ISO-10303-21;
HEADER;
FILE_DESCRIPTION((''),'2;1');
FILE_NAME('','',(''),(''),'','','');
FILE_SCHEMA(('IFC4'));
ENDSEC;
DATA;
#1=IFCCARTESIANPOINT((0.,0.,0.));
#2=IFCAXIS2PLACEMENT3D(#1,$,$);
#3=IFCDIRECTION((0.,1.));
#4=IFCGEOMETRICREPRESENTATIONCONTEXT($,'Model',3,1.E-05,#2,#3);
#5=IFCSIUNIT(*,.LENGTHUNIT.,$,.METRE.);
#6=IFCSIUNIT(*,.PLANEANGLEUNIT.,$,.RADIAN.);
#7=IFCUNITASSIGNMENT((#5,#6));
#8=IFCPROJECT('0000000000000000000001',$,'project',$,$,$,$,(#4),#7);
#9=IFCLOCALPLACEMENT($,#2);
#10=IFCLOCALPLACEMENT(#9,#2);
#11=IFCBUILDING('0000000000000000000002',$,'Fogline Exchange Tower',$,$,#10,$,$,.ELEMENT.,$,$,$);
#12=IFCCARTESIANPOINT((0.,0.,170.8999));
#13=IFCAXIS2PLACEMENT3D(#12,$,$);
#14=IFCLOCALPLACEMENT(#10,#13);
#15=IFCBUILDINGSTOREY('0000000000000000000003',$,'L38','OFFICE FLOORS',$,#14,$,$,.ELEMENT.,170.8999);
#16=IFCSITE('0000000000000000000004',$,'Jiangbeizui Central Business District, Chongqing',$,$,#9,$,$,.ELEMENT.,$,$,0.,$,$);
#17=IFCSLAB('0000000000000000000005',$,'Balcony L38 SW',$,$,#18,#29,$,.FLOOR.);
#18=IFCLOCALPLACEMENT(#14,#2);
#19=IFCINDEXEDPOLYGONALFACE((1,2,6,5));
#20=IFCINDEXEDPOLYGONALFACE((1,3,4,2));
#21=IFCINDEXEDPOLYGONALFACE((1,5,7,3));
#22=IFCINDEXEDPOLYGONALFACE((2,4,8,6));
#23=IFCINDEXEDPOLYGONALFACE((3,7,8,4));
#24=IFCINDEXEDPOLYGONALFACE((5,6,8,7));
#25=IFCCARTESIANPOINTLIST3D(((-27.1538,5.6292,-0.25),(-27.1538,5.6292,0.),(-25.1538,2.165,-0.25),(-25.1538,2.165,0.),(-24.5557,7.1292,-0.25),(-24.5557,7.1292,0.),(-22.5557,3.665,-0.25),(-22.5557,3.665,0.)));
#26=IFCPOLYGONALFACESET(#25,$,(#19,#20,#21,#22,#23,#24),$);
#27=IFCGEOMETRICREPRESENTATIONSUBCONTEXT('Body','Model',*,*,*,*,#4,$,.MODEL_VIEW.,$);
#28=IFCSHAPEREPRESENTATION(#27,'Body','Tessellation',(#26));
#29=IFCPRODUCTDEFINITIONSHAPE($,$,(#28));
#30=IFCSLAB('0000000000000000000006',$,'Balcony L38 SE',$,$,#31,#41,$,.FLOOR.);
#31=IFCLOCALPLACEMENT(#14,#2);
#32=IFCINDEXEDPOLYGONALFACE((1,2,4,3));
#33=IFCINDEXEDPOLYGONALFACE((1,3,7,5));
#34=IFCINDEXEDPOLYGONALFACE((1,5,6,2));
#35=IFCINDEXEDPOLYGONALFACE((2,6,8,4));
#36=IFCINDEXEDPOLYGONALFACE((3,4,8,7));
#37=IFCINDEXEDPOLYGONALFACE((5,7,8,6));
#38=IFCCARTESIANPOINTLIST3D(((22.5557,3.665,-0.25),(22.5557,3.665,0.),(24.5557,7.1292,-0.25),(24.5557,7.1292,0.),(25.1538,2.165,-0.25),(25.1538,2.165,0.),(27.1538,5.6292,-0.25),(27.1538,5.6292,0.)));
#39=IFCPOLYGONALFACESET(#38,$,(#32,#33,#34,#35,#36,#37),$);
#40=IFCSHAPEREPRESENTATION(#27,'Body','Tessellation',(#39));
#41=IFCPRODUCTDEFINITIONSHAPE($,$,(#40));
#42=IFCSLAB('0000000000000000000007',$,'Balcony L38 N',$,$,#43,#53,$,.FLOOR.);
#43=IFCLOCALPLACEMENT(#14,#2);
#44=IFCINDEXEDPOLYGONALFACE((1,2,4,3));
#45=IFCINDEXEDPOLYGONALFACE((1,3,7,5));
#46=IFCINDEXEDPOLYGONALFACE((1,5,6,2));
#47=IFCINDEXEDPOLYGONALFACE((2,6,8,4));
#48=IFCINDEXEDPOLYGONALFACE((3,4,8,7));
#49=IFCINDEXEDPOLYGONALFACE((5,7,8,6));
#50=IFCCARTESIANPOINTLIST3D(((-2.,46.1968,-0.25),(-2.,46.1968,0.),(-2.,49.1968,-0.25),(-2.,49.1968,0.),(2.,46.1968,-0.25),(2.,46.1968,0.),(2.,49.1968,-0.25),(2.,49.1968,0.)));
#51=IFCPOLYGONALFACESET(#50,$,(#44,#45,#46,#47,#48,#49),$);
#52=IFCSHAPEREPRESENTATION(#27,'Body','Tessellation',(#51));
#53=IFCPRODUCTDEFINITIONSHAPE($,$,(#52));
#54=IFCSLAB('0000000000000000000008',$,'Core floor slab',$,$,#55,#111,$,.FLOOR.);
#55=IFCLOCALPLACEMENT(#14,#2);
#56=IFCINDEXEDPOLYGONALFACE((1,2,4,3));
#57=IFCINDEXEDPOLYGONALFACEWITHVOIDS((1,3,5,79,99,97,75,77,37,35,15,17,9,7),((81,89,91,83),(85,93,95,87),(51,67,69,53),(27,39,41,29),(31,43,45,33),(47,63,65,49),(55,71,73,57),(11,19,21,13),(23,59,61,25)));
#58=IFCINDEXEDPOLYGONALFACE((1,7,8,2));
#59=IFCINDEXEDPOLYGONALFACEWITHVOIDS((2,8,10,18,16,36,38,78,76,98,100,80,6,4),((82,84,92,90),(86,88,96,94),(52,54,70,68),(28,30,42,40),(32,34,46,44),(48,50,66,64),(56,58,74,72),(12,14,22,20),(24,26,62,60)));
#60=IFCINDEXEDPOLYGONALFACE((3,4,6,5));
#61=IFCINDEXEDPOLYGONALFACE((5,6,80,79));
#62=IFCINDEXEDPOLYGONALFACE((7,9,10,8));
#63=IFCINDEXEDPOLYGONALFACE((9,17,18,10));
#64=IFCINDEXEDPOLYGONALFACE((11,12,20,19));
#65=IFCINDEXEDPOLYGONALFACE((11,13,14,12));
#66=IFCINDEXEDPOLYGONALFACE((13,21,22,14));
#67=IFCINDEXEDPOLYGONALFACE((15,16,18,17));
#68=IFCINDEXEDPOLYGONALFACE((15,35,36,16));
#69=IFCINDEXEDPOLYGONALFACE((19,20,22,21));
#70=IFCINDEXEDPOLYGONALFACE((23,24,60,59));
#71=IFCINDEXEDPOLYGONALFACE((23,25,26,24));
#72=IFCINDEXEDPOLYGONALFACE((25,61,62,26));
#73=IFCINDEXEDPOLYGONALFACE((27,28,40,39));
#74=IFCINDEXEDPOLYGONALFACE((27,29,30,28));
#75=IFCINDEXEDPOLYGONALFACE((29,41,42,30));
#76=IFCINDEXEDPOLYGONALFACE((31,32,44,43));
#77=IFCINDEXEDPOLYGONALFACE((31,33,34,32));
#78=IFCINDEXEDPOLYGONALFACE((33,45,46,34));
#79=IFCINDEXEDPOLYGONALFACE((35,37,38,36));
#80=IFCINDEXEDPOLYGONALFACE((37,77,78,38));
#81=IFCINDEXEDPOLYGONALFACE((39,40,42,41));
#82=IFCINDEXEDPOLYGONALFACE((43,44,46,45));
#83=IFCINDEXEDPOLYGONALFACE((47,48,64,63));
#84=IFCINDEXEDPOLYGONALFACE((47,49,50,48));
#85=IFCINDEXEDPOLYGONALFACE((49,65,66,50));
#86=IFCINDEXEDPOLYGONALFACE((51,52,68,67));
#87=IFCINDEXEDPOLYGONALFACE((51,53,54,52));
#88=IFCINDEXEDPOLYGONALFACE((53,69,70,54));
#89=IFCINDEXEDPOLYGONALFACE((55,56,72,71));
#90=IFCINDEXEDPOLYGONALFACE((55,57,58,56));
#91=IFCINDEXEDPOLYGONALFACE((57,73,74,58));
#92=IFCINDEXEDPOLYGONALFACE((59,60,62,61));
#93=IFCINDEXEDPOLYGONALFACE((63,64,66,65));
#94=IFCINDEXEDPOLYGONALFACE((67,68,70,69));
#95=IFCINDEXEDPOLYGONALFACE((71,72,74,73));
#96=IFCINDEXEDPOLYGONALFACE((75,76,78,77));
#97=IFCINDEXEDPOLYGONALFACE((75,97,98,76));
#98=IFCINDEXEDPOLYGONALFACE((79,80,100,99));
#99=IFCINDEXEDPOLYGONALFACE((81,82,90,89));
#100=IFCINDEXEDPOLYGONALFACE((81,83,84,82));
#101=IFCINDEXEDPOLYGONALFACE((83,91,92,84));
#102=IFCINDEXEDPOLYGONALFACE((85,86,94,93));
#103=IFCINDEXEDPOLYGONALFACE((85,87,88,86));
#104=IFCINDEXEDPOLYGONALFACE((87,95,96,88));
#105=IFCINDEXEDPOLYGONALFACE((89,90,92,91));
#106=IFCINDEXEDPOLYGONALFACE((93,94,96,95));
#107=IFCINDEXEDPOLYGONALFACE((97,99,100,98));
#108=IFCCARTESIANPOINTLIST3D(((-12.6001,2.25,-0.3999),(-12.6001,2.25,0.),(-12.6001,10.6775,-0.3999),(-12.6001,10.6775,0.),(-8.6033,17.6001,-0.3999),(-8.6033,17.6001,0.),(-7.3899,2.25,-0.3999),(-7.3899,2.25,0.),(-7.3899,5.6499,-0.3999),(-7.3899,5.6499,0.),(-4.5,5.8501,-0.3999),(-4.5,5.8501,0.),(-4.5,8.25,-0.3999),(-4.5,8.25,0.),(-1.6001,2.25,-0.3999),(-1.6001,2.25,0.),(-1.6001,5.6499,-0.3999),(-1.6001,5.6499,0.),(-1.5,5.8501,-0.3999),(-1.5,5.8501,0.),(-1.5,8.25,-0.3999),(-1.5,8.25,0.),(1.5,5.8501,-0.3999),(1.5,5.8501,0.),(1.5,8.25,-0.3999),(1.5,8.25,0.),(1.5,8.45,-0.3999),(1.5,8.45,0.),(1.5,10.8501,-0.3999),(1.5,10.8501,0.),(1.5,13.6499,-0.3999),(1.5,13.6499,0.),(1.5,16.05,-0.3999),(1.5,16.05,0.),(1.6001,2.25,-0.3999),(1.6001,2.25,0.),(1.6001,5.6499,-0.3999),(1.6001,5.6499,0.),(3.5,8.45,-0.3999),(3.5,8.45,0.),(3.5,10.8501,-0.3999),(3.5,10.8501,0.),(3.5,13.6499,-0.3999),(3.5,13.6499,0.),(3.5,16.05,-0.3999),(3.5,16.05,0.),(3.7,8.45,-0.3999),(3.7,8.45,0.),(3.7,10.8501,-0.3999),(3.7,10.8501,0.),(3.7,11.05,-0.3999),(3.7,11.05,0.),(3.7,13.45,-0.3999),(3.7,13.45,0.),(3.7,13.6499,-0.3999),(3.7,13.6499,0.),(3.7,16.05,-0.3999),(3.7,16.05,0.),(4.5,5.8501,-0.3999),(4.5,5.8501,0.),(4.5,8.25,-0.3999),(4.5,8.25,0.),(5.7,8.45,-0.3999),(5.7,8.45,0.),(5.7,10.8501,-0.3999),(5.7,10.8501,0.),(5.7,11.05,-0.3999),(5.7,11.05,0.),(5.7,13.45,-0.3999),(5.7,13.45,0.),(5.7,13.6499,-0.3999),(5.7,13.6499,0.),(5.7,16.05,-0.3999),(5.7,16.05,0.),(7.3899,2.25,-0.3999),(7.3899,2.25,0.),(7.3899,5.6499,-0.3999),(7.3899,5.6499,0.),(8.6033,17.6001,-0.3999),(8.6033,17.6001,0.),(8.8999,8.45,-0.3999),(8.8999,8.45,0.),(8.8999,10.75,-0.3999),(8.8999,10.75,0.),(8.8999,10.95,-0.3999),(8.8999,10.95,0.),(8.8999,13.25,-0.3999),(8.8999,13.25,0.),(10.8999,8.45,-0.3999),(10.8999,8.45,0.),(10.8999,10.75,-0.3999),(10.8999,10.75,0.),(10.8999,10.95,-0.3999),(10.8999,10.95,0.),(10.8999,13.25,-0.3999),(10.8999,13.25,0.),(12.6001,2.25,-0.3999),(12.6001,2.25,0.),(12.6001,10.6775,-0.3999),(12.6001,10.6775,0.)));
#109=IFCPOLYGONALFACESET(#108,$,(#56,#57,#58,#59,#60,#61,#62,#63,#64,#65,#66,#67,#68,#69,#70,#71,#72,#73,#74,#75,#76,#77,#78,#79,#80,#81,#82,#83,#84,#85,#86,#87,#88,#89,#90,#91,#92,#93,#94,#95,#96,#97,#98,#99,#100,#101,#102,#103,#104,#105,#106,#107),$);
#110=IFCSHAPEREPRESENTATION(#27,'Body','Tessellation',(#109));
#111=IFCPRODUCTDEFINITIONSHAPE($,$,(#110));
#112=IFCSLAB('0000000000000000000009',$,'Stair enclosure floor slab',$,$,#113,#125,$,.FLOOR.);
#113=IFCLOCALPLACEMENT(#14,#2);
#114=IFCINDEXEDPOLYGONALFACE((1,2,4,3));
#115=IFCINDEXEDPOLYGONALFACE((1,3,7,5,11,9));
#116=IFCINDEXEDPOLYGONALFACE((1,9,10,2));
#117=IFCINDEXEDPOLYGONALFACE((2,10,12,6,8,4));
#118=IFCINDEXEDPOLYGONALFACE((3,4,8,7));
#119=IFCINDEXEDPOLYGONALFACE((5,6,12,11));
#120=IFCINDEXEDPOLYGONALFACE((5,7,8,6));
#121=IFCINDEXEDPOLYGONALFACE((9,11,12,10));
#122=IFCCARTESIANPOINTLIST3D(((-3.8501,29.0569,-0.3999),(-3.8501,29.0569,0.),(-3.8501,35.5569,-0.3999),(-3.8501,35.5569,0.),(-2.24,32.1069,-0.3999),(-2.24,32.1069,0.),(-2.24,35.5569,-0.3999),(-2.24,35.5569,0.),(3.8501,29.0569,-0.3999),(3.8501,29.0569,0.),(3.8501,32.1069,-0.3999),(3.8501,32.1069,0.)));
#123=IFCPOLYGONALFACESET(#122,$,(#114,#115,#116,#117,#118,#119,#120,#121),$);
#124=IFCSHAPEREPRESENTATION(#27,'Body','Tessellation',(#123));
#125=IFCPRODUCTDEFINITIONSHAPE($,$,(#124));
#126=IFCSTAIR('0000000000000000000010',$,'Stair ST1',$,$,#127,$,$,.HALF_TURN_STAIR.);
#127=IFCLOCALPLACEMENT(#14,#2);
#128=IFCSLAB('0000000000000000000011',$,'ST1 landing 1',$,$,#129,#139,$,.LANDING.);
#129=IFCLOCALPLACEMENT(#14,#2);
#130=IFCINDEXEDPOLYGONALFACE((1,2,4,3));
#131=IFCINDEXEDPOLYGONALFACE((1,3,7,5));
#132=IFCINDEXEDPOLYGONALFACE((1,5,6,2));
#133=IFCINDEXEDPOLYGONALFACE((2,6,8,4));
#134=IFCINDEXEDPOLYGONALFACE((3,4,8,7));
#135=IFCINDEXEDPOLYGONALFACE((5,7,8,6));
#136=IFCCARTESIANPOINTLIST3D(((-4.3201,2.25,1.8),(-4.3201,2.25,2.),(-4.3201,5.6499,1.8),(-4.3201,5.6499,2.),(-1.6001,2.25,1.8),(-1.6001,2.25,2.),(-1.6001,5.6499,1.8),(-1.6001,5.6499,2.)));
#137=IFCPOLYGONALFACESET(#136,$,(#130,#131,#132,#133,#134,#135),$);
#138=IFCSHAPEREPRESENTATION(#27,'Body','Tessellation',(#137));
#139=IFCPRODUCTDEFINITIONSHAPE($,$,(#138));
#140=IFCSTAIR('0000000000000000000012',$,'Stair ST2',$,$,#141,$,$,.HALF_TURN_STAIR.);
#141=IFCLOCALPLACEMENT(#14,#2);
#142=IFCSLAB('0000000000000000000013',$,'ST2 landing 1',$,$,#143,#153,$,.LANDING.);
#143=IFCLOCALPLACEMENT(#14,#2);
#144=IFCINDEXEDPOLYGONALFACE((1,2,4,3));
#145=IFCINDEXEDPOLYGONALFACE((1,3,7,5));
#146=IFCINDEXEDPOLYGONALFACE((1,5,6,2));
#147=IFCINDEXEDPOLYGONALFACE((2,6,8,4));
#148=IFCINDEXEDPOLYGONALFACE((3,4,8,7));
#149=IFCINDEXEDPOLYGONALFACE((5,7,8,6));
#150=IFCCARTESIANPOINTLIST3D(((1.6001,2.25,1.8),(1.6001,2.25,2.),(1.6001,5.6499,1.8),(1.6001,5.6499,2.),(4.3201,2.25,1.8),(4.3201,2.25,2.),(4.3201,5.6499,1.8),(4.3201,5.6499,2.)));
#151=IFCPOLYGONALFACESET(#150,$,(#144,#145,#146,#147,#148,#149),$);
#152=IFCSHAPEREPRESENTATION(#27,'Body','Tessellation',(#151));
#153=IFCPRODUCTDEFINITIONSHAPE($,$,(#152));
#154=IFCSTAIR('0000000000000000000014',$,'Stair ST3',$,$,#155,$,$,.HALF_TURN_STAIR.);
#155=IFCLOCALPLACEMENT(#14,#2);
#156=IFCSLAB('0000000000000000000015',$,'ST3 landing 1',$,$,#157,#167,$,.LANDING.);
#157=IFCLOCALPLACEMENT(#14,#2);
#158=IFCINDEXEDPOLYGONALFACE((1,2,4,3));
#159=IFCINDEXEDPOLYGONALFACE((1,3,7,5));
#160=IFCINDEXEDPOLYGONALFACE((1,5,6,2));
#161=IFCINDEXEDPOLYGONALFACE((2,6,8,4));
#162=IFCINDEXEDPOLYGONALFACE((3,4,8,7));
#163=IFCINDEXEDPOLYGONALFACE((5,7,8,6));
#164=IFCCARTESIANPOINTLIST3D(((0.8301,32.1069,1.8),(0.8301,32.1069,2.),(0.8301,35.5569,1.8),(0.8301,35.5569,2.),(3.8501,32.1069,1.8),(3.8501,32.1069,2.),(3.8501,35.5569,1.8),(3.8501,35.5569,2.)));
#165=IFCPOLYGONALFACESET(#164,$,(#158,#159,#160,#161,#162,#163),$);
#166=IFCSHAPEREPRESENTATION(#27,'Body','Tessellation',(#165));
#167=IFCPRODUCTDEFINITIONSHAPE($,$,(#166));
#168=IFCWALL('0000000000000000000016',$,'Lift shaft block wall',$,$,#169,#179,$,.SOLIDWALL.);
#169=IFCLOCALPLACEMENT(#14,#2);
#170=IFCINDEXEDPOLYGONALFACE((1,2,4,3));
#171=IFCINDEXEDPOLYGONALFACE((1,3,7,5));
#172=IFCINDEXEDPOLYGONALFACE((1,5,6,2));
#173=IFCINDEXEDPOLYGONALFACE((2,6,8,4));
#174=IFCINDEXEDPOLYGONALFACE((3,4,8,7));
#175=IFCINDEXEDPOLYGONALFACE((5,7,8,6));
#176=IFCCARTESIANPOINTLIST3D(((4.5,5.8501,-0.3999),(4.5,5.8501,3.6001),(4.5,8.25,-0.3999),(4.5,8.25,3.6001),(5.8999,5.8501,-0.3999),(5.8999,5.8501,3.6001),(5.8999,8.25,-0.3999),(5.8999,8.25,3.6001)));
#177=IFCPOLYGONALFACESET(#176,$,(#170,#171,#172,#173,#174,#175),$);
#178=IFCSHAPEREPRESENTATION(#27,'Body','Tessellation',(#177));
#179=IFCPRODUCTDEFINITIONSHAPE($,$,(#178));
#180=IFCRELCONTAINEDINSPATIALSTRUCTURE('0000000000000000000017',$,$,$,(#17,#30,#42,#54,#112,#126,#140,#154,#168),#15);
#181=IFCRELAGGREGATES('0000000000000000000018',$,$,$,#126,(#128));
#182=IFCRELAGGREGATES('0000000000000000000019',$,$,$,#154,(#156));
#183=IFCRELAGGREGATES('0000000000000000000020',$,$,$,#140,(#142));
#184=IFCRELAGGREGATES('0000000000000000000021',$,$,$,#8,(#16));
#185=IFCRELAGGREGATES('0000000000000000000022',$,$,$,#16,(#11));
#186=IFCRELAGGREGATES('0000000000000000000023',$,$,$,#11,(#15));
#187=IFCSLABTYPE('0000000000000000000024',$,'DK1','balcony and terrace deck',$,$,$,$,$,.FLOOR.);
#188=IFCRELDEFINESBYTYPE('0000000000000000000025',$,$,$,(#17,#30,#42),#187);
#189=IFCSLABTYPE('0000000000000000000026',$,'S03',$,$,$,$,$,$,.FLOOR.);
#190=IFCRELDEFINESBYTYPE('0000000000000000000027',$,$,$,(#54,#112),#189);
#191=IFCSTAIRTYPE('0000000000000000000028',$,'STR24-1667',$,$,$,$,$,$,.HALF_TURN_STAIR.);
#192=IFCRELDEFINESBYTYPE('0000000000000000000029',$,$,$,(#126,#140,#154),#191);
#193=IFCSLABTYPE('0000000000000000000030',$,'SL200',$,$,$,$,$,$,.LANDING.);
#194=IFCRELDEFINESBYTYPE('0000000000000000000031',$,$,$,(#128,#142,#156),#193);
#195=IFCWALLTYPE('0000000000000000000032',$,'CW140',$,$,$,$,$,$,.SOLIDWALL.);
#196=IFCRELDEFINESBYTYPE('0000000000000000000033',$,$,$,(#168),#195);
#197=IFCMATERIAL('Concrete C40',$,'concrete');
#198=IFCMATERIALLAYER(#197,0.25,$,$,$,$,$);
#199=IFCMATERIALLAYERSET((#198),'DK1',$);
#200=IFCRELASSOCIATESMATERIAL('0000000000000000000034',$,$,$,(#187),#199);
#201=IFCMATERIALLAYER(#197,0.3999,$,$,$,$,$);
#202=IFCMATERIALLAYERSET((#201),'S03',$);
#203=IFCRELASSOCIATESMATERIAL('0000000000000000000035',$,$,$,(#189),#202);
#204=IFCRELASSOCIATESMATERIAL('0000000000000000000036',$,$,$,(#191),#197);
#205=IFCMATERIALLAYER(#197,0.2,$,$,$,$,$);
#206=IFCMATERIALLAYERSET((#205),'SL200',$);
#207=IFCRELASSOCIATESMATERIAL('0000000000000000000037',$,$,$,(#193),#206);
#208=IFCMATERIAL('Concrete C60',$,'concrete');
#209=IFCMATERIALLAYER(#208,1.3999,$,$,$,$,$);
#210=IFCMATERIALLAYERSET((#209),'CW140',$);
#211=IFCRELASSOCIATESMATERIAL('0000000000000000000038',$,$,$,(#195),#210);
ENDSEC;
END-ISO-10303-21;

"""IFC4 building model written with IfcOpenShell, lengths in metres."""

from ifc_helpers import new_model, si_unit, direction, frame, frame_2d, origin, place, context, subcontext, project, spatial, polyline, rectangle, outline, extrude, material, layer, layer_set, type_object, element, aggregate, save


model = new_model("IFC4")

# Units and contexts
model_context = context("Model", 3, precision=1e-05, world=origin(), true_north=direction((0.0, 1.0)))
body_context = subcontext(model_context, "Body", "Model", "MODEL_VIEW")
ifc_project = project(units=[si_unit("LENGTHUNIT", "METRE"), si_unit("PLANEANGLEUNIT", "RADIAN")], contexts=[model_context])

# Site, building, storey
site_placement = place(None, origin())
site = spatial("IfcSite", under=ifc_project, at=site_placement, Name="Jiangbeizui Central Business District, Chongqing", CompositionType="ELEMENT", RefElevation=0.0)
building_placement = place(site_placement, origin())
building = spatial("IfcBuilding", under=site, at=building_placement, Name="Fogline Exchange Tower", CompositionType="ELEMENT")
storey_placement = place(building_placement, frame((0.0, 0.0, 170.8999)))
storey = spatial("IfcBuildingStorey", under=building, at=storey_placement, Name="L38", Description="OFFICE FLOORS", CompositionType="ELEMENT", Elevation=170.8999)

# Slabs
ifc_material_1 = material(Name="Concrete C40", Category="concrete")
ifc_layer_1 = layer(ifc_material_1, 0.25)
ifc_layer_set_1 = layer_set([ifc_layer_1], Name="DK1")
slab_type_1 = type_object("IfcSlabType", Name="DK1", Description="balcony and terrace deck", PredefinedType="FLOOR", material=ifc_layer_set_1)
slab_1_placement = place(storey_placement, frame((0.0, 0.0, -0.25)))
element("IfcSlab", 1, at=slab_1_placement, inside=storey, type_object=slab_type_1, Name="Balcony L38 SW", PredefinedType="FLOOR", context=body_context, shape_type="SweptSolid", body=[
    extrude(outline(polyline([(-27.1538, 5.6292), (-25.1538, 2.165), (-22.5557, 3.665), (-24.5557, 7.1292), (-27.1538, 5.6292)])), origin(), (0.0, 0.0, 1.0), 0.25),
])
slab_2_placement = place(storey_placement, frame((0.0, 0.0, -0.25)))
element("IfcSlab", 2, at=slab_2_placement, inside=storey, type_object=slab_type_1, Name="Balcony L38 SE", PredefinedType="FLOOR", context=body_context, shape_type="SweptSolid", body=[
    extrude(outline(polyline([(25.1538, 2.165), (27.1538, 5.6292), (24.5557, 7.1292), (22.5557, 3.665), (25.1538, 2.165)])), origin(), (0.0, 0.0, 1.0), 0.25),
])
slab_3_placement = place(storey_placement, frame((0.0, 0.0, -0.25)))
element("IfcSlab", 3, at=slab_3_placement, inside=storey, type_object=slab_type_1, Name="Balcony L38 N", PredefinedType="FLOOR", context=body_context, shape_type="SweptSolid", body=[
    extrude(outline(polyline([(2.0, 49.1968), (-2.0, 49.1968), (-2.0, 46.1968), (2.0, 46.1968), (2.0, 49.1968)])), origin(), (0.0, 0.0, 1.0), 0.25),
])
ifc_layer_2 = layer(ifc_material_1, 0.3999)
ifc_layer_set_2 = layer_set([ifc_layer_2], Name="S03")
slab_type_2 = type_object("IfcSlabType", Name="S03", PredefinedType="FLOOR", material=ifc_layer_set_2)
slab_4_placement = place(storey_placement, frame((0.0, 0.0, -0.3999)))
element("IfcSlab", 4, at=slab_4_placement, inside=storey, type_object=slab_type_2, Name="Core floor slab", PredefinedType="FLOOR", context=body_context, shape_type="SweptSolid", body=[
    extrude(outline(polyline([(-12.6001, 2.25), (-12.6001, 10.6775), (-8.6033, 17.6001), (8.6033, 17.6001), (12.6001, 10.6775), (12.6001, 2.25), (7.3899, 2.25), (7.3899, 5.6499), (1.6001, 5.6499), (1.6001, 2.25), (-1.6001, 2.25), (-1.6001, 5.6499), (-7.3899, 5.6499), (-7.3899, 2.25), (-12.6001, 2.25)]), holes=[polyline([(-4.5, 8.25), (-4.5, 5.8501), (-1.5, 5.8501), (-1.5, 8.25), (-4.5, 8.25)]), polyline([(4.5, 8.25), (1.5, 8.25), (1.5, 5.8501), (4.5, 5.8501), (4.5, 8.25)]), polyline([(3.5, 10.8501), (1.5, 10.8501), (1.5, 8.45), (3.5, 8.45), (3.5, 10.8501)]), polyline([(1.5, 16.05), (1.5, 13.6499), (3.5, 13.6499), (3.5, 16.05), (1.5, 16.05)]), polyline([(10.8999, 10.75), (8.8999, 10.75), (8.8999, 8.45), (10.8999, 8.45), (10.8999, 10.75)]), polyline([(5.7, 10.8501), (3.7, 10.8501), (3.7, 8.45), (5.7, 8.45), (5.7, 10.8501)]), polyline([(8.8999, 13.25), (8.8999, 10.95), (10.8999, 10.95), (10.8999, 13.25), (8.8999, 13.25)]), polyline([(5.7, 13.45), (3.7, 13.45), (3.7, 11.05), (5.7, 11.05), (5.7, 13.45)]), polyline([(5.7, 16.05), (3.7, 16.05), (3.7, 13.6499), (5.7, 13.6499), (5.7, 16.05)])]), origin(), (0.0, 0.0, 1.0), 0.3999),
])
slab_5_placement = place(storey_placement, frame((0.0, 0.0, -0.3999)))
element("IfcSlab", 5, at=slab_5_placement, inside=storey, type_object=slab_type_2, Name="Stair enclosure floor slab", PredefinedType="FLOOR", context=body_context, shape_type="SweptSolid", body=[
    extrude(outline(polyline([(3.8501, 29.0569), (-3.8501, 29.0569), (-3.8501, 35.5569), (-2.24, 35.5569), (-2.24, 32.1069), (3.8501, 32.1069), (3.8501, 29.0569)])), origin(), (0.0, 0.0, 1.0), 0.3999),
])

# Stairs, slabs
stair_type = type_object("IfcStairType", Name="STR24-1667", PredefinedType="HALF_TURN_STAIR", material=ifc_material_1)
stair_1_placement = place(storey_placement, origin())
stair_1 = element("IfcStair", 6, at=stair_1_placement, inside=storey, type_object=stair_type, Name="Stair ST1", PredefinedType="HALF_TURN_STAIR")
ifc_layer_3 = layer(ifc_material_1, 0.2)
ifc_layer_set_3 = layer_set([ifc_layer_3], Name="SL200")
slab_type_3 = type_object("IfcSlabType", Name="SL200", PredefinedType="LANDING", material=ifc_layer_set_3)
slab_6_placement = place(storey_placement, frame((0.0, 0.0, 1.8)))
slab_6 = element("IfcSlab", 7, at=slab_6_placement, type_object=slab_type_3, Name="ST1 landing 1", PredefinedType="LANDING", context=body_context, shape_type="SweptSolid", body=[
    extrude(outline(polyline([(-4.3201, 2.25), (-1.6001, 2.25), (-1.6001, 5.6499), (-4.3201, 5.6499), (-4.3201, 2.25)])), origin(), (0.0, 0.0, 1.0), 0.2),
])
aggregate(stair_1, [slab_6])
stair_2_placement = place(storey_placement, origin())
stair_2 = element("IfcStair", 8, at=stair_2_placement, inside=storey, type_object=stair_type, Name="Stair ST2", PredefinedType="HALF_TURN_STAIR")
slab_7_placement = place(storey_placement, frame((0.0, 0.0, 1.8)))
slab_7 = element("IfcSlab", 9, at=slab_7_placement, type_object=slab_type_3, Name="ST2 landing 1", PredefinedType="LANDING", context=body_context, shape_type="SweptSolid", body=[
    extrude(outline(polyline([(1.6001, 2.25), (4.3201, 2.25), (4.3201, 5.6499), (1.6001, 5.6499), (1.6001, 2.25)])), origin(), (0.0, 0.0, 1.0), 0.2),
])
stair_3_placement = place(storey_placement, origin())
stair_3 = element("IfcStair", 10, at=stair_3_placement, inside=storey, type_object=stair_type, Name="Stair ST3", PredefinedType="HALF_TURN_STAIR")
slab_8_placement = place(storey_placement, frame((0.0, 0.0, 1.8)))
slab_8 = element("IfcSlab", 11, at=slab_8_placement, type_object=slab_type_3, Name="ST3 landing 1", PredefinedType="LANDING", context=body_context, shape_type="SweptSolid", body=[
    extrude(outline(polyline([(0.8301, 32.1069), (3.8501, 32.1069), (3.8501, 35.5569), (0.8301, 35.5569), (0.8301, 32.1069)])), origin(), (0.0, 0.0, 1.0), 0.2),
])
aggregate(stair_3, [slab_8])

# Wall
ifc_material_2 = material(Name="Concrete C60", Category="concrete")
ifc_layer_4 = layer(ifc_material_2, 1.3999)
ifc_layer_set_4 = layer_set([ifc_layer_4], Name="CW140")
wall_type_1 = type_object("IfcWallType", Name="CW140", PredefinedType="SOLIDWALL", material=ifc_layer_set_4)
wall_1_placement = place(storey_placement, frame((5.2, 5.8501, -0.3999), z_axis=(0.0, 0.0, 1.0), x_axis=(0.0, 1.0, 0.0)))
element("IfcWall", 12, at=wall_1_placement, inside=storey, type_object=wall_type_1, Name="Lift shaft block wall", PredefinedType="SOLIDWALL", context=body_context, shape_type="SweptSolid", body=[
    extrude(rectangle(XDim=2.3999, YDim=1.3999, at=frame_2d((1.2, 0.0))), origin(), (0.0, 0.0, 1.0), 4.0),
])

aggregate(stair_2, [slab_7])

save(model, "model.ifc")
